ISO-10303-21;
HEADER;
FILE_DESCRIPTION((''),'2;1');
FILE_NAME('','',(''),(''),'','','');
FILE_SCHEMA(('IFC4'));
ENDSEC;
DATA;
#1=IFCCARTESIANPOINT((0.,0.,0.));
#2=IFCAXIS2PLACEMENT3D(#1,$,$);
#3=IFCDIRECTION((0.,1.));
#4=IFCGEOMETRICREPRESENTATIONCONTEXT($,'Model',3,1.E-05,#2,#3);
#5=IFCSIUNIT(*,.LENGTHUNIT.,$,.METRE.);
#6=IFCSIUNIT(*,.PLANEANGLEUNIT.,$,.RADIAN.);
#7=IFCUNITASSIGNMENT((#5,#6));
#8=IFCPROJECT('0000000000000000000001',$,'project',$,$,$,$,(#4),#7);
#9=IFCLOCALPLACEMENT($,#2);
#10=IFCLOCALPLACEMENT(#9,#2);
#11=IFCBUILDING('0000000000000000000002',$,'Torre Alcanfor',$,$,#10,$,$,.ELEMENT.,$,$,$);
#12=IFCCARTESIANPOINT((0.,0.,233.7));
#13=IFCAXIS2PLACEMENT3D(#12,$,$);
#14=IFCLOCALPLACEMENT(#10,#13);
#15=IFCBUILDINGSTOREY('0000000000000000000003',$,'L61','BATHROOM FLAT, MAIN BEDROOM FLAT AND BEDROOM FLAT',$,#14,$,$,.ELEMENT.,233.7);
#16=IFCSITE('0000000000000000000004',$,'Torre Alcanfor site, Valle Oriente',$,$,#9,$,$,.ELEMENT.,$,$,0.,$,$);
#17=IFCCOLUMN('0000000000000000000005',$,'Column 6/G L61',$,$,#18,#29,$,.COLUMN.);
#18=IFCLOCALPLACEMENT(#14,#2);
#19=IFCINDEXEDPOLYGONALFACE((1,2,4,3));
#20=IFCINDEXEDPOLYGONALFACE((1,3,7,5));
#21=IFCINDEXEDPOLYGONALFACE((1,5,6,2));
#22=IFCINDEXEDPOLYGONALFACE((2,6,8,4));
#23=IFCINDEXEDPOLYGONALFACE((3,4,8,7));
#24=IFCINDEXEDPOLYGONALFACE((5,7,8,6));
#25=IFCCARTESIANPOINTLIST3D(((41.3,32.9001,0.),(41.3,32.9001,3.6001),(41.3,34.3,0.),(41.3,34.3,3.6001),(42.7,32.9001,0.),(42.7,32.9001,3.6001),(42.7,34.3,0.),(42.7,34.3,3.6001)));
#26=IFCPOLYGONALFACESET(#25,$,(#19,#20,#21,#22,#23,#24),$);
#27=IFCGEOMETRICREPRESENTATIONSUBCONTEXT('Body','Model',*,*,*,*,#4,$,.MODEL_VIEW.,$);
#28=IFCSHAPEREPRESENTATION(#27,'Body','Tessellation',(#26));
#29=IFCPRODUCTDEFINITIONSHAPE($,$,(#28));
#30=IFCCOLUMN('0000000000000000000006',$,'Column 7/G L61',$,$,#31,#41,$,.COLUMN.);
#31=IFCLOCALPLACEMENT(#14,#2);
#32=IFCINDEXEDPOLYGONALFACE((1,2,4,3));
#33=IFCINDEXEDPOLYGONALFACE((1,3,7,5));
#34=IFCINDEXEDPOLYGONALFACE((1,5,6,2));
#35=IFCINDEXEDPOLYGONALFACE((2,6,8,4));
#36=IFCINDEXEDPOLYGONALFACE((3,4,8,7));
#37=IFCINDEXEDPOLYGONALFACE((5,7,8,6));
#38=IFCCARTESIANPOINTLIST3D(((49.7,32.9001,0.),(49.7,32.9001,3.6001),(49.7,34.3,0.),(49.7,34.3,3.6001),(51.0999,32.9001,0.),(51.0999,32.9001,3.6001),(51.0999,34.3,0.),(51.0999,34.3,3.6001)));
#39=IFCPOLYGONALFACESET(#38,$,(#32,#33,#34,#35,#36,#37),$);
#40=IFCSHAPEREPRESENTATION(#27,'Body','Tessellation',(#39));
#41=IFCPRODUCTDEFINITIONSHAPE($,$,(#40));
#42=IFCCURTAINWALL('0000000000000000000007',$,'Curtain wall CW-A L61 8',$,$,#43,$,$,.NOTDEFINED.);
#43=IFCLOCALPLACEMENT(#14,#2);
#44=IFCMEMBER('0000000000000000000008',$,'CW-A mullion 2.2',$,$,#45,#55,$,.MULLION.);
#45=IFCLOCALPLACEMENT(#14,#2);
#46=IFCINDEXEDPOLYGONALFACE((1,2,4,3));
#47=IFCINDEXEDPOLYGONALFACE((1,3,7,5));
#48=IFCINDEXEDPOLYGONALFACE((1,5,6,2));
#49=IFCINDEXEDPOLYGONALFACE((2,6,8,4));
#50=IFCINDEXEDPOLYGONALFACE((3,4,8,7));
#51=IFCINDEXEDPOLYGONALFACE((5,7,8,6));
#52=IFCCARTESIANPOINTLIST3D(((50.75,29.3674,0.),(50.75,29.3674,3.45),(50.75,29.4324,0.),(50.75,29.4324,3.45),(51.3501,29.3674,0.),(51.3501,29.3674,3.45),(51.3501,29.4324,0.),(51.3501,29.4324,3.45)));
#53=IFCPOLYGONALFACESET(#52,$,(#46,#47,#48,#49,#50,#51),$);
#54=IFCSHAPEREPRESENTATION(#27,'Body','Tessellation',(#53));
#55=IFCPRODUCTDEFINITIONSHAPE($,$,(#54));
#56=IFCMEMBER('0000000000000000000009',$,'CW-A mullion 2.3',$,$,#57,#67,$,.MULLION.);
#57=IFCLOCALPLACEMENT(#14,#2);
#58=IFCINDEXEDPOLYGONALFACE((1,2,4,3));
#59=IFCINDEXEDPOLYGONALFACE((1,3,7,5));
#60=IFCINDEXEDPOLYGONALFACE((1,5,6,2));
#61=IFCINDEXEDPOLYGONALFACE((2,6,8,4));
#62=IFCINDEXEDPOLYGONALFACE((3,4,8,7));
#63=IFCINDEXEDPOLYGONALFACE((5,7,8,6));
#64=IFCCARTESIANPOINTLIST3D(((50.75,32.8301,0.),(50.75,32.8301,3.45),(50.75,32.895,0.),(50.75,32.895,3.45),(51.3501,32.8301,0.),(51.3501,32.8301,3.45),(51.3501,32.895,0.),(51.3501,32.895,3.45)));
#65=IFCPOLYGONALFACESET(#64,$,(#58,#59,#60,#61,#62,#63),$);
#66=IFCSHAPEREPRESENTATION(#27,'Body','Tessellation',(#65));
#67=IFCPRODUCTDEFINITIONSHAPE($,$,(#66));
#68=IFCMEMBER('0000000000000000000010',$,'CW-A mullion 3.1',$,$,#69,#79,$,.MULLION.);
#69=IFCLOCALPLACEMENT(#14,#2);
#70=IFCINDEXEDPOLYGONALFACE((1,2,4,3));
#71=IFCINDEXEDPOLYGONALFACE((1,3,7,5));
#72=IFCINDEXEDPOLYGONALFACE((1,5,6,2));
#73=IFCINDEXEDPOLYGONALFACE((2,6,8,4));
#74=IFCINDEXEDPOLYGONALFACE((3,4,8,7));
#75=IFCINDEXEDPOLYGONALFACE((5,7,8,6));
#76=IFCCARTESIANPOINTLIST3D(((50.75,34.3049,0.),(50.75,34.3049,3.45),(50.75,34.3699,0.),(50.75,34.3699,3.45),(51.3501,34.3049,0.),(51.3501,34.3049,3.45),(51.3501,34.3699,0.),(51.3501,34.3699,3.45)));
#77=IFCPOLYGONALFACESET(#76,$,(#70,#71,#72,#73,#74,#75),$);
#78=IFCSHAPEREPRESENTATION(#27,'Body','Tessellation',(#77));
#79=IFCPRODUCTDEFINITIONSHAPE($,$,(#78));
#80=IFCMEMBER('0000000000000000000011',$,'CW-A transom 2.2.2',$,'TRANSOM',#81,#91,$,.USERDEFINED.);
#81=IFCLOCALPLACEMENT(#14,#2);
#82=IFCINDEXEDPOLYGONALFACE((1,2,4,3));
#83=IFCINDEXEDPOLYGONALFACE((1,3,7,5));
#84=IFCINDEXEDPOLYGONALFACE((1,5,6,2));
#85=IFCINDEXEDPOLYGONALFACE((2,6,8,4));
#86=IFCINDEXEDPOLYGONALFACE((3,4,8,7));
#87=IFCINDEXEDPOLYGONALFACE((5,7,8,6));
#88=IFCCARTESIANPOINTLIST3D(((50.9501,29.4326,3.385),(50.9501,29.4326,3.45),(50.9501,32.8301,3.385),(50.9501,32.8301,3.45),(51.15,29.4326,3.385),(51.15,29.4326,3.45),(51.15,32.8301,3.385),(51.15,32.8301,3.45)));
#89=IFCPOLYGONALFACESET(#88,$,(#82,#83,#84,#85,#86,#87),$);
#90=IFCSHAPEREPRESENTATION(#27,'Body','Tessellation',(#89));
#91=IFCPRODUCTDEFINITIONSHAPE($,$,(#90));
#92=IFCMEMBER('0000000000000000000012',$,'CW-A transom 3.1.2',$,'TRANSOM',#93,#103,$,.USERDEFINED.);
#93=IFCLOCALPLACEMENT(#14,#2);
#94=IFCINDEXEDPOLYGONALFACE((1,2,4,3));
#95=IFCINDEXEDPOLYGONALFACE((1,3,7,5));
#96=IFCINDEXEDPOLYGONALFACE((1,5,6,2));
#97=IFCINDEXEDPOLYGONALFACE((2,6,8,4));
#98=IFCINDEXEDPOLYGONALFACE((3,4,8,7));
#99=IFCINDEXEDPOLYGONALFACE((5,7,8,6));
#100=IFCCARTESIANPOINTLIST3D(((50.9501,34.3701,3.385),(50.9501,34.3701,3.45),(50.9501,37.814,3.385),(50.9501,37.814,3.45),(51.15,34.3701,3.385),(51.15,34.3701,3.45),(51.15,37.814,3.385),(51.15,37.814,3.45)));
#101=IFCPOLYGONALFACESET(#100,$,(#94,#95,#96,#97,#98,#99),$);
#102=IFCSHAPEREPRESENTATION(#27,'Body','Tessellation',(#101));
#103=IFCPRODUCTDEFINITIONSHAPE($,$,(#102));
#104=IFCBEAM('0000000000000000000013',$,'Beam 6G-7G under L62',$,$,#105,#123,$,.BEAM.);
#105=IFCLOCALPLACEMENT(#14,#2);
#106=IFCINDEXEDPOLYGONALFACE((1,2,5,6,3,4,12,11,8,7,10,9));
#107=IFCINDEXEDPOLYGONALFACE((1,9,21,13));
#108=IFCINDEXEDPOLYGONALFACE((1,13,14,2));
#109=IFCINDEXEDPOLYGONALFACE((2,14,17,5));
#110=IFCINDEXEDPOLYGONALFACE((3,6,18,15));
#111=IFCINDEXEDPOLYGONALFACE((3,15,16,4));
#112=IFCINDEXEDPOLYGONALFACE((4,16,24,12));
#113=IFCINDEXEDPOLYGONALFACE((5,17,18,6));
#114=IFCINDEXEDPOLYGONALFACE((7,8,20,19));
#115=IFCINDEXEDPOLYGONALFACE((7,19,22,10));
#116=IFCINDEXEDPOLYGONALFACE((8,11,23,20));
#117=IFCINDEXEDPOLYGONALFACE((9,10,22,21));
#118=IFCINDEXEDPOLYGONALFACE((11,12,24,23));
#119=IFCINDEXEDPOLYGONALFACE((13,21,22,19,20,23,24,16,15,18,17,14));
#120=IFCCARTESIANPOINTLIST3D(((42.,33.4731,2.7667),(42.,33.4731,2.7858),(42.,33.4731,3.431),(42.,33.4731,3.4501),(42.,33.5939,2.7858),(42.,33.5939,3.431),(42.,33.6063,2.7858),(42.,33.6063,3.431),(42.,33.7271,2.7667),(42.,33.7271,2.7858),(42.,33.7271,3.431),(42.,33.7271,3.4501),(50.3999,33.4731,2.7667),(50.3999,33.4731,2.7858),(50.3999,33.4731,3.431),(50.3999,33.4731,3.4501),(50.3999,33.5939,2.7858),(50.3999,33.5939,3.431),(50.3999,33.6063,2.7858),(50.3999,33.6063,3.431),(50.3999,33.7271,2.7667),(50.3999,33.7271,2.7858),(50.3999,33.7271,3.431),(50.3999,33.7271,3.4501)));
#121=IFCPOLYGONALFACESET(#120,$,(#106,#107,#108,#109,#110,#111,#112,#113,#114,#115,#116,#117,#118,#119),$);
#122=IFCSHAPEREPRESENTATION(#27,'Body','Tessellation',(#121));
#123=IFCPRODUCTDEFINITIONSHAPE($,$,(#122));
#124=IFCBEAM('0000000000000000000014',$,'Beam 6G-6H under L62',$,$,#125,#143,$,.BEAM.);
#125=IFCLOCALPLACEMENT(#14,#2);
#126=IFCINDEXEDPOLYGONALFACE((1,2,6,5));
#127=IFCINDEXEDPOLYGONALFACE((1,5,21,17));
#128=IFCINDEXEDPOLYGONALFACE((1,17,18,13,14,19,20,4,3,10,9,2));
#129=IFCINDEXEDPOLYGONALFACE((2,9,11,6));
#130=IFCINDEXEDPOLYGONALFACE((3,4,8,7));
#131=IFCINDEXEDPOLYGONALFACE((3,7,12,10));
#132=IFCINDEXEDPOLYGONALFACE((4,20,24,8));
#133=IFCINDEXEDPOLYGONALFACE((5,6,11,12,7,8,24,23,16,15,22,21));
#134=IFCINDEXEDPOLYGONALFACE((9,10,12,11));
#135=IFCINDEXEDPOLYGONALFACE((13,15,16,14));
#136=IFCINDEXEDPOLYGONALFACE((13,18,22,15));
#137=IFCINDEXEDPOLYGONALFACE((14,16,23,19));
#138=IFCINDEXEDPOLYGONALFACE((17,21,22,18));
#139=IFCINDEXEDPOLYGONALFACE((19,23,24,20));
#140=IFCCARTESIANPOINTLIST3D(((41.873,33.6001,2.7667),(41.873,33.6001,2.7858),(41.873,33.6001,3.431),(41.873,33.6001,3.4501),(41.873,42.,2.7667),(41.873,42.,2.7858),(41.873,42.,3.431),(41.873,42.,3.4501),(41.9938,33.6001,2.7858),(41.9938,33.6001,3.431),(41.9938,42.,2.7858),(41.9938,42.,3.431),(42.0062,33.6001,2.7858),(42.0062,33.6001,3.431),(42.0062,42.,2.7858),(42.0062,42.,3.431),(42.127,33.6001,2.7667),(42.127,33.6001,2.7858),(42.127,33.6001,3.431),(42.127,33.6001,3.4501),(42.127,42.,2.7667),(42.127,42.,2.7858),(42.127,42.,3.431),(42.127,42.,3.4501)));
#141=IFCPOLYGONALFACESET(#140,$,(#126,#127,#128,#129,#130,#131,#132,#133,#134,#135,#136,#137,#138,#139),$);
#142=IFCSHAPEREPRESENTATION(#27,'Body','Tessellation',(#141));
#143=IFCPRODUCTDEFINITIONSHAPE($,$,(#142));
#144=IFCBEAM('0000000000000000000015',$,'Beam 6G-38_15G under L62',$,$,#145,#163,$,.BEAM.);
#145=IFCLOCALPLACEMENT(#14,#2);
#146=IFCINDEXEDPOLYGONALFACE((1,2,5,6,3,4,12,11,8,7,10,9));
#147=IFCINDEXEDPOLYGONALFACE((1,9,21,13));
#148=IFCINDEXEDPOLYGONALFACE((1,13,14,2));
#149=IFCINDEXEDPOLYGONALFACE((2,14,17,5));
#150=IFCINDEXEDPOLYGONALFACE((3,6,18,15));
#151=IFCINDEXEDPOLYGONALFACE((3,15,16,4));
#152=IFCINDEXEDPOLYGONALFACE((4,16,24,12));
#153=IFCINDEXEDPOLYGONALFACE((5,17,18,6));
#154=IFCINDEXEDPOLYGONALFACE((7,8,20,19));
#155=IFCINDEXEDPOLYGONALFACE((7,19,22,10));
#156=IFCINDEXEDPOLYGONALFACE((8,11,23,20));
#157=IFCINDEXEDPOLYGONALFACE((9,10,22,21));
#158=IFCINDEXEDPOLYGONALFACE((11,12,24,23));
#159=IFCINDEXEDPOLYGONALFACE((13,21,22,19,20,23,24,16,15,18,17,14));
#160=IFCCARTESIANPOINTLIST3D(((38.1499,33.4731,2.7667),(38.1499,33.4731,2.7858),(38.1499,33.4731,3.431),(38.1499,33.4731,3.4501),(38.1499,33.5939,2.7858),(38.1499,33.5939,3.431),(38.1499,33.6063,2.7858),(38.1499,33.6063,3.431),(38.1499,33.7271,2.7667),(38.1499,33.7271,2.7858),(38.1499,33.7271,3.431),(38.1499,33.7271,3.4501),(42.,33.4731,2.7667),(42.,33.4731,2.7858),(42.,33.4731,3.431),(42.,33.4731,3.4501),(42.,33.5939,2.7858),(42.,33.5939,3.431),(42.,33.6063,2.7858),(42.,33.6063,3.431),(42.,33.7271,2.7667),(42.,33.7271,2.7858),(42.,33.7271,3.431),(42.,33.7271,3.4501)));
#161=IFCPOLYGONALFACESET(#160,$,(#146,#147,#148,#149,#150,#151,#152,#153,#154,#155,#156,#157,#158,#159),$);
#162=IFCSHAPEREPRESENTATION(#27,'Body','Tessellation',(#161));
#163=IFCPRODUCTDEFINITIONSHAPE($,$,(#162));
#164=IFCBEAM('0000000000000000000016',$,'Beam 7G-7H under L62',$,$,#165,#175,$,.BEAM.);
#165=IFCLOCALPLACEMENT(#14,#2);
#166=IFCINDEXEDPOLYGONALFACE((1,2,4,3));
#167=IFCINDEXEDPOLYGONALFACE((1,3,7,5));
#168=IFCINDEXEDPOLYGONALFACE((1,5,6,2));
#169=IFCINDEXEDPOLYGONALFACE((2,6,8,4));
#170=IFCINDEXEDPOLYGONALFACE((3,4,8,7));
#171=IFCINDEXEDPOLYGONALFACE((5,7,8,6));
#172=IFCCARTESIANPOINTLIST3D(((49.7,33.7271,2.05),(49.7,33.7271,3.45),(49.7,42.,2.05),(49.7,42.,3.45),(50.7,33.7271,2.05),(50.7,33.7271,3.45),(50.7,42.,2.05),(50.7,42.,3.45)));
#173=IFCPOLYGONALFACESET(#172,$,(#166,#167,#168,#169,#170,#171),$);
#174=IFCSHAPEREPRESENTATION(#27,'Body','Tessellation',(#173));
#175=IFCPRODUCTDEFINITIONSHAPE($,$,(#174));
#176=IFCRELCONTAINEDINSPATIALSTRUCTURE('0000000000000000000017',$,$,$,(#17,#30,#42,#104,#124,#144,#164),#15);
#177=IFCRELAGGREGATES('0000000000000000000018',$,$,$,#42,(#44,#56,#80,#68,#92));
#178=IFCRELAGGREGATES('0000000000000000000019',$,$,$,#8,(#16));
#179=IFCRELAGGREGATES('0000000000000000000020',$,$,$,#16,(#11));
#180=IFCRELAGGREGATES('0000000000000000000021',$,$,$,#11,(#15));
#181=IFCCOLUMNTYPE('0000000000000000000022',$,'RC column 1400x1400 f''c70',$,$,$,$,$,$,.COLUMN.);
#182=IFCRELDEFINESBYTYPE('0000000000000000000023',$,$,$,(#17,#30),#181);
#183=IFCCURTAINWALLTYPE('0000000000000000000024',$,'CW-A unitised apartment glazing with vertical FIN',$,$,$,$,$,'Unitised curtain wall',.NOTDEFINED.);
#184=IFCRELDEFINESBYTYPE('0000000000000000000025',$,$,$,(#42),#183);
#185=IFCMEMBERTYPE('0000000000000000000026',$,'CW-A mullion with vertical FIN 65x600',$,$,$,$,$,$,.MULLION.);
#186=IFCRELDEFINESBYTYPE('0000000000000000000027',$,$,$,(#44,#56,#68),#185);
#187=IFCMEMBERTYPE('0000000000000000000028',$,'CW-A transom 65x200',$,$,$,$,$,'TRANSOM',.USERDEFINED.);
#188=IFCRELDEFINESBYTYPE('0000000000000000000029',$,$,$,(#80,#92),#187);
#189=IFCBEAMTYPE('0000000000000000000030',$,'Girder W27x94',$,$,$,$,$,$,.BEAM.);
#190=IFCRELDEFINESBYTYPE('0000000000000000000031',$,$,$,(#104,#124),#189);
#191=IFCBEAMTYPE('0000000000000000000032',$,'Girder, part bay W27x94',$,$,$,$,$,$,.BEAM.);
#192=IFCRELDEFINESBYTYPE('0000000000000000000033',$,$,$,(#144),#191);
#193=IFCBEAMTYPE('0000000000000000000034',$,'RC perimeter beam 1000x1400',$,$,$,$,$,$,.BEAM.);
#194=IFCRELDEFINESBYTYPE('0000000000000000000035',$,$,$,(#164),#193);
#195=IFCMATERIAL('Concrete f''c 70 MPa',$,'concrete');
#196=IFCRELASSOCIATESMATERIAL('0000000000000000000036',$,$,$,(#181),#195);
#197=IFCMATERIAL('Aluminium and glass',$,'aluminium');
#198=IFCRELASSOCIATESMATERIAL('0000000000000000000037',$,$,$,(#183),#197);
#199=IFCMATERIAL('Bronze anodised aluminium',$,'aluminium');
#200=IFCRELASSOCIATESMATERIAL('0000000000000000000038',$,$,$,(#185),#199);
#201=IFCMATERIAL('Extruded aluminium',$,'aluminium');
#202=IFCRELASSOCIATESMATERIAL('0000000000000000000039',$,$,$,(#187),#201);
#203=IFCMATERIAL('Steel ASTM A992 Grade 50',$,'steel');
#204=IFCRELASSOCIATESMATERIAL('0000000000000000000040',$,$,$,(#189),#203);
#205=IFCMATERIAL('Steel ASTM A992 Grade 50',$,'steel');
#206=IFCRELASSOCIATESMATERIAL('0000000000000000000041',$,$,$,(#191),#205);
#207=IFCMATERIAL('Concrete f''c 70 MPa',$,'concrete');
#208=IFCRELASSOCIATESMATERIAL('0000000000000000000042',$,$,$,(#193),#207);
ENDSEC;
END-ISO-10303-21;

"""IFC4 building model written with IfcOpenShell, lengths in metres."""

from ifc_helpers import new_model, si_unit, direction, frame, origin, origin_2d, place, context, subcontext, project, spatial, rectangle, i_section, extrude, material, material_profile, profile_set, type_object, element, aggregate, save


model = new_model("IFC4")

# Units and contexts
model_context = context("Model", 3, precision=1e-05, world=origin(), true_north=direction((0.0, 1.0)))
body_context = subcontext(model_context, "Body", "Model", "MODEL_VIEW")
ifc_project = project(units=[si_unit("LENGTHUNIT", "METRE"), si_unit("PLANEANGLEUNIT", "RADIAN")], contexts=[model_context])

# Site, building, storey
site_placement = place(None, origin())
site = spatial("IfcSite", under=ifc_project, at=site_placement, Name="Torre Alcanfor site, Valle Oriente", CompositionType="ELEMENT", RefElevation=0.0)
building_placement = place(site_placement, origin())
building = spatial("IfcBuilding", under=site, at=building_placement, Name="Torre Alcanfor", CompositionType="ELEMENT")
storey_placement = place(building_placement, frame((0.0, 0.0, 233.7)))
storey = spatial("IfcBuildingStorey", under=building, at=storey_placement, Name="L61", Description="BATHROOM FLAT, MAIN BEDROOM FLAT AND BEDROOM FLAT", CompositionType="ELEMENT", Elevation=233.7)

# Columns
ifc_material_1 = material(Name="Concrete f'c 70 MPa", Category="concrete")
ifc_material_profile_1 = material_profile(ifc_material_1, rectangle(XDim=1.3999, YDim=1.3999, at=origin_2d()), Name="1400x1400")
ifc_profile_set_1 = profile_set([ifc_material_profile_1], Name="Concrete f'c 70 MPa")
column_type = type_object("IfcColumnType", Name="RC column 1400x1400 f'c70", PredefinedType="COLUMN", material=ifc_profile_set_1)
for number, where, z_axis, x_axis, name in (
    (1, (42.0, 33.6001, 0.0), (0.0, 0.0, 1.0), (1.0, 0.0, 0.0), "Column 6/G L61"),
    (2, (50.3999, 33.6001, 0.0), (0.0, 0.0, 1.0), (1.0, 0.0, 0.0), "Column 7/G L61"),
):
    element("IfcColumn", number, at=place(storey_placement, frame(where, z_axis=z_axis, x_axis=x_axis)), inside=storey, type_object=column_type, Name=name, PredefinedType="COLUMN", context=body_context, shape_type="SweptSolid", body=[
        extrude(rectangle(XDim=1.3999, YDim=1.3999, at=origin_2d()), origin(), (0.0, 0.0, 1.0), 3.6001),
    ])

# Curtain wall, members
ifc_material_2 = material(Name="Aluminium and glass", Category="aluminium")
curtain_wall_type = type_object("IfcCurtainWallType", Name="CW-A unitised apartment glazing with vertical FIN", ElementType="Unitised curtain wall", PredefinedType="NOTDEFINED", material=ifc_material_2)
curtain_wall_placement = place(storey_placement, origin())
curtain_wall = element("IfcCurtainWall", 3, at=curtain_wall_placement, inside=storey, type_object=curtain_wall_type, Name="Curtain wall CW-A L61 8", PredefinedType="NOTDEFINED")
ifc_material_3 = material(Name="Bronze anodised aluminium", Category="aluminium")
ifc_material_profile_2 = material_profile(ifc_material_3, rectangle(XDim=0.6001, YDim=0.0649, at=origin_2d()), Name="CW-A mullion 65x600")
ifc_profile_set_2 = profile_set([ifc_material_profile_2], Name="Bronze anodised aluminium")
member_type_1 = type_object("IfcMemberType", Name="CW-A mullion with vertical FIN 65x600", PredefinedType="MULLION", material=ifc_profile_set_2)
member_1_placement = place(storey_placement, frame((51.05, 29.3999, 0.0), z_axis=(0.0, 0.0, 1.0), x_axis=(-1.0, 0.0, 0.0)))
member_1 = element("IfcMember", 4, at=member_1_placement, type_object=member_type_1, Name="CW-A mullion 2.2", PredefinedType="MULLION", context=body_context, shape_type="SweptSolid", body=[
    extrude(rectangle(XDim=0.6001, YDim=0.0649, at=origin_2d()), origin(), (0.0, 0.0, 1.0), 3.45),
])
member_2_placement = place(storey_placement, frame((51.05, 32.8625, 0.0), z_axis=(0.0, 0.0, 1.0), x_axis=(-1.0, 0.0, 0.0)))
member_2 = element("IfcMember", 5, at=member_2_placement, type_object=member_type_1, Name="CW-A mullion 2.3", PredefinedType="MULLION", context=body_context, shape_type="SweptSolid", body=[
    extrude(rectangle(XDim=0.6001, YDim=0.0649, at=origin_2d()), origin(), (0.0, 0.0, 1.0), 3.45),
])
member_3_placement = place(storey_placement, frame((51.05, 34.3374, 0.0), z_axis=(0.0, 0.0, 1.0), x_axis=(-1.0, 0.0, 0.0)))
member_3 = element("IfcMember", 6, at=member_3_placement, type_object=member_type_1, Name="CW-A mullion 3.1", PredefinedType="MULLION", context=body_context, shape_type="SweptSolid", body=[
    extrude(rectangle(XDim=0.6001, YDim=0.0649, at=origin_2d()), origin(), (0.0, 0.0, 1.0), 3.45),
])
ifc_material_4 = material(Name="Extruded aluminium", Category="aluminium")
ifc_material_profile_3 = material_profile(ifc_material_4, rectangle(XDim=0.2, YDim=0.0649, at=origin_2d()), Name="CW-A transom 200x65")
ifc_profile_set_3 = profile_set([ifc_material_profile_3], Name="Extruded aluminium")
member_type_2 = type_object("IfcMemberType", Name="CW-A transom 65x200", ElementType="TRANSOM", PredefinedType="USERDEFINED", material=ifc_profile_set_3)
member_4_placement = place(storey_placement, frame((51.05, 29.4326, 3.4175), z_axis=(0.0, 1.0, 0.0), x_axis=(-1.0, 0.0, 0.0)))
member_4 = element("IfcMember", 7, at=member_4_placement, type_object=member_type_2, Name="CW-A transom 2.2.2", ObjectType="TRANSOM", PredefinedType="USERDEFINED", context=body_context, shape_type="SweptSolid", body=[
    extrude(rectangle(XDim=0.2, YDim=0.0649, at=origin_2d()), origin(), (0.0, 0.0, 1.0), 3.3975),
])
member_5_placement = place(storey_placement, frame((51.05, 34.3701, 3.4175), z_axis=(0.0, 1.0, 0.0), x_axis=(-1.0, 0.0, 0.0)))
member_5 = element("IfcMember", 8, at=member_5_placement, type_object=member_type_2, Name="CW-A transom 3.1.2", ObjectType="TRANSOM", PredefinedType="USERDEFINED", context=body_context, shape_type="SweptSolid", body=[
    extrude(rectangle(XDim=0.2, YDim=0.0649, at=origin_2d()), origin(), (0.0, 0.0, 1.0), 3.4438),
])

# Beams
ifc_material_5 = material(Name="Steel ASTM A992 Grade 50", Category="steel")
ifc_material_profile_4 = material_profile(ifc_material_5, i_section(OverallWidth=0.2539, OverallDepth=0.6833, WebThickness=0.0125, FlangeThickness=0.019, at=origin_2d()), Name="W27x94")
ifc_profile_set_4 = profile_set([ifc_material_profile_4], Name="Steel ASTM A992 Grade 50")
beam_type_1 = type_object("IfcBeamType", Name="Girder W27x94", PredefinedType="BEAM", material=ifc_profile_set_4)
for number, where, z_axis, x_axis, name in (
    (9, (42.0, 33.6001, 3.1084), (1.0, 0.0, 0.0), (0.0, 1.0, 0.0), "Beam 6G-7G under L62"),
    (10, (42.0, 33.6001, 3.1084), (0.0, 1.0, 0.0), (-1.0, 0.0, 0.0), "Beam 6G-6H under L62"),
):
    element("IfcBeam", number, at=place(storey_placement, frame(where, z_axis=z_axis, x_axis=x_axis)), inside=storey, type_object=beam_type_1, Name=name, PredefinedType="BEAM", context=body_context, shape_type="SweptSolid", body=[
        extrude(i_section(OverallWidth=0.2539, OverallDepth=0.6833, WebThickness=0.0125, FlangeThickness=0.019, at=origin_2d()), origin(), (0.0, 0.0, 1.0), 8.3999),
    ])
ifc_material_6 = material(Name="Steel ASTM A992 Grade 50", Category="steel")
ifc_material_profile_5 = material_profile(ifc_material_6, i_section(OverallWidth=0.2539, OverallDepth=0.6833, WebThickness=0.0125, FlangeThickness=0.019, at=origin_2d()), Name="W27x94")
ifc_profile_set_5 = profile_set([ifc_material_profile_5], Name="Steel ASTM A992 Grade 50")
beam_type_2 = type_object("IfcBeamType", Name="Girder, part bay W27x94", PredefinedType="BEAM", material=ifc_profile_set_5)
beam_1_placement = place(storey_placement, frame((42.0, 33.6001, 3.1084), z_axis=(-1.0, 0.0, 0.0), x_axis=(0.0, -1.0, 0.0)))
element("IfcBeam", 11, at=beam_1_placement, inside=storey, type_object=beam_type_2, Name="Beam 6G-38_15G under L62", PredefinedType="BEAM", context=body_context, shape_type="SweptSolid", body=[
    extrude(i_section(OverallWidth=0.2539, OverallDepth=0.6833, WebThickness=0.0125, FlangeThickness=0.019, at=origin_2d()), origin(), (0.0, 0.0, 1.0), 3.8501),
])
ifc_material_7 = material(Name="Concrete f'c 70 MPa", Category="concrete")
ifc_material_profile_6 = material_profile(ifc_material_7, rectangle(XDim=1.0, YDim=1.3999, at=origin_2d()), Name="1000x1400")
ifc_profile_set_6 = profile_set([ifc_material_profile_6], Name="Concrete f'c 70 MPa")
beam_type_3 = type_object("IfcBeamType", Name="RC perimeter beam 1000x1400", PredefinedType="BEAM", material=ifc_profile_set_6)
beam_2_placement = place(storey_placement, frame((50.2, 33.7271, 2.75), z_axis=(0.0, 1.0, 0.0), x_axis=(-1.0, 0.0, 0.0)))
element("IfcBeam", 12, at=beam_2_placement, inside=storey, type_object=beam_type_3, Name="Beam 7G-7H under L62", PredefinedType="BEAM", context=body_context, shape_type="SweptSolid", body=[
    extrude(rectangle(XDim=1.0, YDim=1.3999, at=origin_2d()), origin(), (0.0, 0.0, 1.0), 8.2729),
])

aggregate(curtain_wall, [member_1, member_2, member_4, member_3, member_5])

save(model, "model.ifc")
